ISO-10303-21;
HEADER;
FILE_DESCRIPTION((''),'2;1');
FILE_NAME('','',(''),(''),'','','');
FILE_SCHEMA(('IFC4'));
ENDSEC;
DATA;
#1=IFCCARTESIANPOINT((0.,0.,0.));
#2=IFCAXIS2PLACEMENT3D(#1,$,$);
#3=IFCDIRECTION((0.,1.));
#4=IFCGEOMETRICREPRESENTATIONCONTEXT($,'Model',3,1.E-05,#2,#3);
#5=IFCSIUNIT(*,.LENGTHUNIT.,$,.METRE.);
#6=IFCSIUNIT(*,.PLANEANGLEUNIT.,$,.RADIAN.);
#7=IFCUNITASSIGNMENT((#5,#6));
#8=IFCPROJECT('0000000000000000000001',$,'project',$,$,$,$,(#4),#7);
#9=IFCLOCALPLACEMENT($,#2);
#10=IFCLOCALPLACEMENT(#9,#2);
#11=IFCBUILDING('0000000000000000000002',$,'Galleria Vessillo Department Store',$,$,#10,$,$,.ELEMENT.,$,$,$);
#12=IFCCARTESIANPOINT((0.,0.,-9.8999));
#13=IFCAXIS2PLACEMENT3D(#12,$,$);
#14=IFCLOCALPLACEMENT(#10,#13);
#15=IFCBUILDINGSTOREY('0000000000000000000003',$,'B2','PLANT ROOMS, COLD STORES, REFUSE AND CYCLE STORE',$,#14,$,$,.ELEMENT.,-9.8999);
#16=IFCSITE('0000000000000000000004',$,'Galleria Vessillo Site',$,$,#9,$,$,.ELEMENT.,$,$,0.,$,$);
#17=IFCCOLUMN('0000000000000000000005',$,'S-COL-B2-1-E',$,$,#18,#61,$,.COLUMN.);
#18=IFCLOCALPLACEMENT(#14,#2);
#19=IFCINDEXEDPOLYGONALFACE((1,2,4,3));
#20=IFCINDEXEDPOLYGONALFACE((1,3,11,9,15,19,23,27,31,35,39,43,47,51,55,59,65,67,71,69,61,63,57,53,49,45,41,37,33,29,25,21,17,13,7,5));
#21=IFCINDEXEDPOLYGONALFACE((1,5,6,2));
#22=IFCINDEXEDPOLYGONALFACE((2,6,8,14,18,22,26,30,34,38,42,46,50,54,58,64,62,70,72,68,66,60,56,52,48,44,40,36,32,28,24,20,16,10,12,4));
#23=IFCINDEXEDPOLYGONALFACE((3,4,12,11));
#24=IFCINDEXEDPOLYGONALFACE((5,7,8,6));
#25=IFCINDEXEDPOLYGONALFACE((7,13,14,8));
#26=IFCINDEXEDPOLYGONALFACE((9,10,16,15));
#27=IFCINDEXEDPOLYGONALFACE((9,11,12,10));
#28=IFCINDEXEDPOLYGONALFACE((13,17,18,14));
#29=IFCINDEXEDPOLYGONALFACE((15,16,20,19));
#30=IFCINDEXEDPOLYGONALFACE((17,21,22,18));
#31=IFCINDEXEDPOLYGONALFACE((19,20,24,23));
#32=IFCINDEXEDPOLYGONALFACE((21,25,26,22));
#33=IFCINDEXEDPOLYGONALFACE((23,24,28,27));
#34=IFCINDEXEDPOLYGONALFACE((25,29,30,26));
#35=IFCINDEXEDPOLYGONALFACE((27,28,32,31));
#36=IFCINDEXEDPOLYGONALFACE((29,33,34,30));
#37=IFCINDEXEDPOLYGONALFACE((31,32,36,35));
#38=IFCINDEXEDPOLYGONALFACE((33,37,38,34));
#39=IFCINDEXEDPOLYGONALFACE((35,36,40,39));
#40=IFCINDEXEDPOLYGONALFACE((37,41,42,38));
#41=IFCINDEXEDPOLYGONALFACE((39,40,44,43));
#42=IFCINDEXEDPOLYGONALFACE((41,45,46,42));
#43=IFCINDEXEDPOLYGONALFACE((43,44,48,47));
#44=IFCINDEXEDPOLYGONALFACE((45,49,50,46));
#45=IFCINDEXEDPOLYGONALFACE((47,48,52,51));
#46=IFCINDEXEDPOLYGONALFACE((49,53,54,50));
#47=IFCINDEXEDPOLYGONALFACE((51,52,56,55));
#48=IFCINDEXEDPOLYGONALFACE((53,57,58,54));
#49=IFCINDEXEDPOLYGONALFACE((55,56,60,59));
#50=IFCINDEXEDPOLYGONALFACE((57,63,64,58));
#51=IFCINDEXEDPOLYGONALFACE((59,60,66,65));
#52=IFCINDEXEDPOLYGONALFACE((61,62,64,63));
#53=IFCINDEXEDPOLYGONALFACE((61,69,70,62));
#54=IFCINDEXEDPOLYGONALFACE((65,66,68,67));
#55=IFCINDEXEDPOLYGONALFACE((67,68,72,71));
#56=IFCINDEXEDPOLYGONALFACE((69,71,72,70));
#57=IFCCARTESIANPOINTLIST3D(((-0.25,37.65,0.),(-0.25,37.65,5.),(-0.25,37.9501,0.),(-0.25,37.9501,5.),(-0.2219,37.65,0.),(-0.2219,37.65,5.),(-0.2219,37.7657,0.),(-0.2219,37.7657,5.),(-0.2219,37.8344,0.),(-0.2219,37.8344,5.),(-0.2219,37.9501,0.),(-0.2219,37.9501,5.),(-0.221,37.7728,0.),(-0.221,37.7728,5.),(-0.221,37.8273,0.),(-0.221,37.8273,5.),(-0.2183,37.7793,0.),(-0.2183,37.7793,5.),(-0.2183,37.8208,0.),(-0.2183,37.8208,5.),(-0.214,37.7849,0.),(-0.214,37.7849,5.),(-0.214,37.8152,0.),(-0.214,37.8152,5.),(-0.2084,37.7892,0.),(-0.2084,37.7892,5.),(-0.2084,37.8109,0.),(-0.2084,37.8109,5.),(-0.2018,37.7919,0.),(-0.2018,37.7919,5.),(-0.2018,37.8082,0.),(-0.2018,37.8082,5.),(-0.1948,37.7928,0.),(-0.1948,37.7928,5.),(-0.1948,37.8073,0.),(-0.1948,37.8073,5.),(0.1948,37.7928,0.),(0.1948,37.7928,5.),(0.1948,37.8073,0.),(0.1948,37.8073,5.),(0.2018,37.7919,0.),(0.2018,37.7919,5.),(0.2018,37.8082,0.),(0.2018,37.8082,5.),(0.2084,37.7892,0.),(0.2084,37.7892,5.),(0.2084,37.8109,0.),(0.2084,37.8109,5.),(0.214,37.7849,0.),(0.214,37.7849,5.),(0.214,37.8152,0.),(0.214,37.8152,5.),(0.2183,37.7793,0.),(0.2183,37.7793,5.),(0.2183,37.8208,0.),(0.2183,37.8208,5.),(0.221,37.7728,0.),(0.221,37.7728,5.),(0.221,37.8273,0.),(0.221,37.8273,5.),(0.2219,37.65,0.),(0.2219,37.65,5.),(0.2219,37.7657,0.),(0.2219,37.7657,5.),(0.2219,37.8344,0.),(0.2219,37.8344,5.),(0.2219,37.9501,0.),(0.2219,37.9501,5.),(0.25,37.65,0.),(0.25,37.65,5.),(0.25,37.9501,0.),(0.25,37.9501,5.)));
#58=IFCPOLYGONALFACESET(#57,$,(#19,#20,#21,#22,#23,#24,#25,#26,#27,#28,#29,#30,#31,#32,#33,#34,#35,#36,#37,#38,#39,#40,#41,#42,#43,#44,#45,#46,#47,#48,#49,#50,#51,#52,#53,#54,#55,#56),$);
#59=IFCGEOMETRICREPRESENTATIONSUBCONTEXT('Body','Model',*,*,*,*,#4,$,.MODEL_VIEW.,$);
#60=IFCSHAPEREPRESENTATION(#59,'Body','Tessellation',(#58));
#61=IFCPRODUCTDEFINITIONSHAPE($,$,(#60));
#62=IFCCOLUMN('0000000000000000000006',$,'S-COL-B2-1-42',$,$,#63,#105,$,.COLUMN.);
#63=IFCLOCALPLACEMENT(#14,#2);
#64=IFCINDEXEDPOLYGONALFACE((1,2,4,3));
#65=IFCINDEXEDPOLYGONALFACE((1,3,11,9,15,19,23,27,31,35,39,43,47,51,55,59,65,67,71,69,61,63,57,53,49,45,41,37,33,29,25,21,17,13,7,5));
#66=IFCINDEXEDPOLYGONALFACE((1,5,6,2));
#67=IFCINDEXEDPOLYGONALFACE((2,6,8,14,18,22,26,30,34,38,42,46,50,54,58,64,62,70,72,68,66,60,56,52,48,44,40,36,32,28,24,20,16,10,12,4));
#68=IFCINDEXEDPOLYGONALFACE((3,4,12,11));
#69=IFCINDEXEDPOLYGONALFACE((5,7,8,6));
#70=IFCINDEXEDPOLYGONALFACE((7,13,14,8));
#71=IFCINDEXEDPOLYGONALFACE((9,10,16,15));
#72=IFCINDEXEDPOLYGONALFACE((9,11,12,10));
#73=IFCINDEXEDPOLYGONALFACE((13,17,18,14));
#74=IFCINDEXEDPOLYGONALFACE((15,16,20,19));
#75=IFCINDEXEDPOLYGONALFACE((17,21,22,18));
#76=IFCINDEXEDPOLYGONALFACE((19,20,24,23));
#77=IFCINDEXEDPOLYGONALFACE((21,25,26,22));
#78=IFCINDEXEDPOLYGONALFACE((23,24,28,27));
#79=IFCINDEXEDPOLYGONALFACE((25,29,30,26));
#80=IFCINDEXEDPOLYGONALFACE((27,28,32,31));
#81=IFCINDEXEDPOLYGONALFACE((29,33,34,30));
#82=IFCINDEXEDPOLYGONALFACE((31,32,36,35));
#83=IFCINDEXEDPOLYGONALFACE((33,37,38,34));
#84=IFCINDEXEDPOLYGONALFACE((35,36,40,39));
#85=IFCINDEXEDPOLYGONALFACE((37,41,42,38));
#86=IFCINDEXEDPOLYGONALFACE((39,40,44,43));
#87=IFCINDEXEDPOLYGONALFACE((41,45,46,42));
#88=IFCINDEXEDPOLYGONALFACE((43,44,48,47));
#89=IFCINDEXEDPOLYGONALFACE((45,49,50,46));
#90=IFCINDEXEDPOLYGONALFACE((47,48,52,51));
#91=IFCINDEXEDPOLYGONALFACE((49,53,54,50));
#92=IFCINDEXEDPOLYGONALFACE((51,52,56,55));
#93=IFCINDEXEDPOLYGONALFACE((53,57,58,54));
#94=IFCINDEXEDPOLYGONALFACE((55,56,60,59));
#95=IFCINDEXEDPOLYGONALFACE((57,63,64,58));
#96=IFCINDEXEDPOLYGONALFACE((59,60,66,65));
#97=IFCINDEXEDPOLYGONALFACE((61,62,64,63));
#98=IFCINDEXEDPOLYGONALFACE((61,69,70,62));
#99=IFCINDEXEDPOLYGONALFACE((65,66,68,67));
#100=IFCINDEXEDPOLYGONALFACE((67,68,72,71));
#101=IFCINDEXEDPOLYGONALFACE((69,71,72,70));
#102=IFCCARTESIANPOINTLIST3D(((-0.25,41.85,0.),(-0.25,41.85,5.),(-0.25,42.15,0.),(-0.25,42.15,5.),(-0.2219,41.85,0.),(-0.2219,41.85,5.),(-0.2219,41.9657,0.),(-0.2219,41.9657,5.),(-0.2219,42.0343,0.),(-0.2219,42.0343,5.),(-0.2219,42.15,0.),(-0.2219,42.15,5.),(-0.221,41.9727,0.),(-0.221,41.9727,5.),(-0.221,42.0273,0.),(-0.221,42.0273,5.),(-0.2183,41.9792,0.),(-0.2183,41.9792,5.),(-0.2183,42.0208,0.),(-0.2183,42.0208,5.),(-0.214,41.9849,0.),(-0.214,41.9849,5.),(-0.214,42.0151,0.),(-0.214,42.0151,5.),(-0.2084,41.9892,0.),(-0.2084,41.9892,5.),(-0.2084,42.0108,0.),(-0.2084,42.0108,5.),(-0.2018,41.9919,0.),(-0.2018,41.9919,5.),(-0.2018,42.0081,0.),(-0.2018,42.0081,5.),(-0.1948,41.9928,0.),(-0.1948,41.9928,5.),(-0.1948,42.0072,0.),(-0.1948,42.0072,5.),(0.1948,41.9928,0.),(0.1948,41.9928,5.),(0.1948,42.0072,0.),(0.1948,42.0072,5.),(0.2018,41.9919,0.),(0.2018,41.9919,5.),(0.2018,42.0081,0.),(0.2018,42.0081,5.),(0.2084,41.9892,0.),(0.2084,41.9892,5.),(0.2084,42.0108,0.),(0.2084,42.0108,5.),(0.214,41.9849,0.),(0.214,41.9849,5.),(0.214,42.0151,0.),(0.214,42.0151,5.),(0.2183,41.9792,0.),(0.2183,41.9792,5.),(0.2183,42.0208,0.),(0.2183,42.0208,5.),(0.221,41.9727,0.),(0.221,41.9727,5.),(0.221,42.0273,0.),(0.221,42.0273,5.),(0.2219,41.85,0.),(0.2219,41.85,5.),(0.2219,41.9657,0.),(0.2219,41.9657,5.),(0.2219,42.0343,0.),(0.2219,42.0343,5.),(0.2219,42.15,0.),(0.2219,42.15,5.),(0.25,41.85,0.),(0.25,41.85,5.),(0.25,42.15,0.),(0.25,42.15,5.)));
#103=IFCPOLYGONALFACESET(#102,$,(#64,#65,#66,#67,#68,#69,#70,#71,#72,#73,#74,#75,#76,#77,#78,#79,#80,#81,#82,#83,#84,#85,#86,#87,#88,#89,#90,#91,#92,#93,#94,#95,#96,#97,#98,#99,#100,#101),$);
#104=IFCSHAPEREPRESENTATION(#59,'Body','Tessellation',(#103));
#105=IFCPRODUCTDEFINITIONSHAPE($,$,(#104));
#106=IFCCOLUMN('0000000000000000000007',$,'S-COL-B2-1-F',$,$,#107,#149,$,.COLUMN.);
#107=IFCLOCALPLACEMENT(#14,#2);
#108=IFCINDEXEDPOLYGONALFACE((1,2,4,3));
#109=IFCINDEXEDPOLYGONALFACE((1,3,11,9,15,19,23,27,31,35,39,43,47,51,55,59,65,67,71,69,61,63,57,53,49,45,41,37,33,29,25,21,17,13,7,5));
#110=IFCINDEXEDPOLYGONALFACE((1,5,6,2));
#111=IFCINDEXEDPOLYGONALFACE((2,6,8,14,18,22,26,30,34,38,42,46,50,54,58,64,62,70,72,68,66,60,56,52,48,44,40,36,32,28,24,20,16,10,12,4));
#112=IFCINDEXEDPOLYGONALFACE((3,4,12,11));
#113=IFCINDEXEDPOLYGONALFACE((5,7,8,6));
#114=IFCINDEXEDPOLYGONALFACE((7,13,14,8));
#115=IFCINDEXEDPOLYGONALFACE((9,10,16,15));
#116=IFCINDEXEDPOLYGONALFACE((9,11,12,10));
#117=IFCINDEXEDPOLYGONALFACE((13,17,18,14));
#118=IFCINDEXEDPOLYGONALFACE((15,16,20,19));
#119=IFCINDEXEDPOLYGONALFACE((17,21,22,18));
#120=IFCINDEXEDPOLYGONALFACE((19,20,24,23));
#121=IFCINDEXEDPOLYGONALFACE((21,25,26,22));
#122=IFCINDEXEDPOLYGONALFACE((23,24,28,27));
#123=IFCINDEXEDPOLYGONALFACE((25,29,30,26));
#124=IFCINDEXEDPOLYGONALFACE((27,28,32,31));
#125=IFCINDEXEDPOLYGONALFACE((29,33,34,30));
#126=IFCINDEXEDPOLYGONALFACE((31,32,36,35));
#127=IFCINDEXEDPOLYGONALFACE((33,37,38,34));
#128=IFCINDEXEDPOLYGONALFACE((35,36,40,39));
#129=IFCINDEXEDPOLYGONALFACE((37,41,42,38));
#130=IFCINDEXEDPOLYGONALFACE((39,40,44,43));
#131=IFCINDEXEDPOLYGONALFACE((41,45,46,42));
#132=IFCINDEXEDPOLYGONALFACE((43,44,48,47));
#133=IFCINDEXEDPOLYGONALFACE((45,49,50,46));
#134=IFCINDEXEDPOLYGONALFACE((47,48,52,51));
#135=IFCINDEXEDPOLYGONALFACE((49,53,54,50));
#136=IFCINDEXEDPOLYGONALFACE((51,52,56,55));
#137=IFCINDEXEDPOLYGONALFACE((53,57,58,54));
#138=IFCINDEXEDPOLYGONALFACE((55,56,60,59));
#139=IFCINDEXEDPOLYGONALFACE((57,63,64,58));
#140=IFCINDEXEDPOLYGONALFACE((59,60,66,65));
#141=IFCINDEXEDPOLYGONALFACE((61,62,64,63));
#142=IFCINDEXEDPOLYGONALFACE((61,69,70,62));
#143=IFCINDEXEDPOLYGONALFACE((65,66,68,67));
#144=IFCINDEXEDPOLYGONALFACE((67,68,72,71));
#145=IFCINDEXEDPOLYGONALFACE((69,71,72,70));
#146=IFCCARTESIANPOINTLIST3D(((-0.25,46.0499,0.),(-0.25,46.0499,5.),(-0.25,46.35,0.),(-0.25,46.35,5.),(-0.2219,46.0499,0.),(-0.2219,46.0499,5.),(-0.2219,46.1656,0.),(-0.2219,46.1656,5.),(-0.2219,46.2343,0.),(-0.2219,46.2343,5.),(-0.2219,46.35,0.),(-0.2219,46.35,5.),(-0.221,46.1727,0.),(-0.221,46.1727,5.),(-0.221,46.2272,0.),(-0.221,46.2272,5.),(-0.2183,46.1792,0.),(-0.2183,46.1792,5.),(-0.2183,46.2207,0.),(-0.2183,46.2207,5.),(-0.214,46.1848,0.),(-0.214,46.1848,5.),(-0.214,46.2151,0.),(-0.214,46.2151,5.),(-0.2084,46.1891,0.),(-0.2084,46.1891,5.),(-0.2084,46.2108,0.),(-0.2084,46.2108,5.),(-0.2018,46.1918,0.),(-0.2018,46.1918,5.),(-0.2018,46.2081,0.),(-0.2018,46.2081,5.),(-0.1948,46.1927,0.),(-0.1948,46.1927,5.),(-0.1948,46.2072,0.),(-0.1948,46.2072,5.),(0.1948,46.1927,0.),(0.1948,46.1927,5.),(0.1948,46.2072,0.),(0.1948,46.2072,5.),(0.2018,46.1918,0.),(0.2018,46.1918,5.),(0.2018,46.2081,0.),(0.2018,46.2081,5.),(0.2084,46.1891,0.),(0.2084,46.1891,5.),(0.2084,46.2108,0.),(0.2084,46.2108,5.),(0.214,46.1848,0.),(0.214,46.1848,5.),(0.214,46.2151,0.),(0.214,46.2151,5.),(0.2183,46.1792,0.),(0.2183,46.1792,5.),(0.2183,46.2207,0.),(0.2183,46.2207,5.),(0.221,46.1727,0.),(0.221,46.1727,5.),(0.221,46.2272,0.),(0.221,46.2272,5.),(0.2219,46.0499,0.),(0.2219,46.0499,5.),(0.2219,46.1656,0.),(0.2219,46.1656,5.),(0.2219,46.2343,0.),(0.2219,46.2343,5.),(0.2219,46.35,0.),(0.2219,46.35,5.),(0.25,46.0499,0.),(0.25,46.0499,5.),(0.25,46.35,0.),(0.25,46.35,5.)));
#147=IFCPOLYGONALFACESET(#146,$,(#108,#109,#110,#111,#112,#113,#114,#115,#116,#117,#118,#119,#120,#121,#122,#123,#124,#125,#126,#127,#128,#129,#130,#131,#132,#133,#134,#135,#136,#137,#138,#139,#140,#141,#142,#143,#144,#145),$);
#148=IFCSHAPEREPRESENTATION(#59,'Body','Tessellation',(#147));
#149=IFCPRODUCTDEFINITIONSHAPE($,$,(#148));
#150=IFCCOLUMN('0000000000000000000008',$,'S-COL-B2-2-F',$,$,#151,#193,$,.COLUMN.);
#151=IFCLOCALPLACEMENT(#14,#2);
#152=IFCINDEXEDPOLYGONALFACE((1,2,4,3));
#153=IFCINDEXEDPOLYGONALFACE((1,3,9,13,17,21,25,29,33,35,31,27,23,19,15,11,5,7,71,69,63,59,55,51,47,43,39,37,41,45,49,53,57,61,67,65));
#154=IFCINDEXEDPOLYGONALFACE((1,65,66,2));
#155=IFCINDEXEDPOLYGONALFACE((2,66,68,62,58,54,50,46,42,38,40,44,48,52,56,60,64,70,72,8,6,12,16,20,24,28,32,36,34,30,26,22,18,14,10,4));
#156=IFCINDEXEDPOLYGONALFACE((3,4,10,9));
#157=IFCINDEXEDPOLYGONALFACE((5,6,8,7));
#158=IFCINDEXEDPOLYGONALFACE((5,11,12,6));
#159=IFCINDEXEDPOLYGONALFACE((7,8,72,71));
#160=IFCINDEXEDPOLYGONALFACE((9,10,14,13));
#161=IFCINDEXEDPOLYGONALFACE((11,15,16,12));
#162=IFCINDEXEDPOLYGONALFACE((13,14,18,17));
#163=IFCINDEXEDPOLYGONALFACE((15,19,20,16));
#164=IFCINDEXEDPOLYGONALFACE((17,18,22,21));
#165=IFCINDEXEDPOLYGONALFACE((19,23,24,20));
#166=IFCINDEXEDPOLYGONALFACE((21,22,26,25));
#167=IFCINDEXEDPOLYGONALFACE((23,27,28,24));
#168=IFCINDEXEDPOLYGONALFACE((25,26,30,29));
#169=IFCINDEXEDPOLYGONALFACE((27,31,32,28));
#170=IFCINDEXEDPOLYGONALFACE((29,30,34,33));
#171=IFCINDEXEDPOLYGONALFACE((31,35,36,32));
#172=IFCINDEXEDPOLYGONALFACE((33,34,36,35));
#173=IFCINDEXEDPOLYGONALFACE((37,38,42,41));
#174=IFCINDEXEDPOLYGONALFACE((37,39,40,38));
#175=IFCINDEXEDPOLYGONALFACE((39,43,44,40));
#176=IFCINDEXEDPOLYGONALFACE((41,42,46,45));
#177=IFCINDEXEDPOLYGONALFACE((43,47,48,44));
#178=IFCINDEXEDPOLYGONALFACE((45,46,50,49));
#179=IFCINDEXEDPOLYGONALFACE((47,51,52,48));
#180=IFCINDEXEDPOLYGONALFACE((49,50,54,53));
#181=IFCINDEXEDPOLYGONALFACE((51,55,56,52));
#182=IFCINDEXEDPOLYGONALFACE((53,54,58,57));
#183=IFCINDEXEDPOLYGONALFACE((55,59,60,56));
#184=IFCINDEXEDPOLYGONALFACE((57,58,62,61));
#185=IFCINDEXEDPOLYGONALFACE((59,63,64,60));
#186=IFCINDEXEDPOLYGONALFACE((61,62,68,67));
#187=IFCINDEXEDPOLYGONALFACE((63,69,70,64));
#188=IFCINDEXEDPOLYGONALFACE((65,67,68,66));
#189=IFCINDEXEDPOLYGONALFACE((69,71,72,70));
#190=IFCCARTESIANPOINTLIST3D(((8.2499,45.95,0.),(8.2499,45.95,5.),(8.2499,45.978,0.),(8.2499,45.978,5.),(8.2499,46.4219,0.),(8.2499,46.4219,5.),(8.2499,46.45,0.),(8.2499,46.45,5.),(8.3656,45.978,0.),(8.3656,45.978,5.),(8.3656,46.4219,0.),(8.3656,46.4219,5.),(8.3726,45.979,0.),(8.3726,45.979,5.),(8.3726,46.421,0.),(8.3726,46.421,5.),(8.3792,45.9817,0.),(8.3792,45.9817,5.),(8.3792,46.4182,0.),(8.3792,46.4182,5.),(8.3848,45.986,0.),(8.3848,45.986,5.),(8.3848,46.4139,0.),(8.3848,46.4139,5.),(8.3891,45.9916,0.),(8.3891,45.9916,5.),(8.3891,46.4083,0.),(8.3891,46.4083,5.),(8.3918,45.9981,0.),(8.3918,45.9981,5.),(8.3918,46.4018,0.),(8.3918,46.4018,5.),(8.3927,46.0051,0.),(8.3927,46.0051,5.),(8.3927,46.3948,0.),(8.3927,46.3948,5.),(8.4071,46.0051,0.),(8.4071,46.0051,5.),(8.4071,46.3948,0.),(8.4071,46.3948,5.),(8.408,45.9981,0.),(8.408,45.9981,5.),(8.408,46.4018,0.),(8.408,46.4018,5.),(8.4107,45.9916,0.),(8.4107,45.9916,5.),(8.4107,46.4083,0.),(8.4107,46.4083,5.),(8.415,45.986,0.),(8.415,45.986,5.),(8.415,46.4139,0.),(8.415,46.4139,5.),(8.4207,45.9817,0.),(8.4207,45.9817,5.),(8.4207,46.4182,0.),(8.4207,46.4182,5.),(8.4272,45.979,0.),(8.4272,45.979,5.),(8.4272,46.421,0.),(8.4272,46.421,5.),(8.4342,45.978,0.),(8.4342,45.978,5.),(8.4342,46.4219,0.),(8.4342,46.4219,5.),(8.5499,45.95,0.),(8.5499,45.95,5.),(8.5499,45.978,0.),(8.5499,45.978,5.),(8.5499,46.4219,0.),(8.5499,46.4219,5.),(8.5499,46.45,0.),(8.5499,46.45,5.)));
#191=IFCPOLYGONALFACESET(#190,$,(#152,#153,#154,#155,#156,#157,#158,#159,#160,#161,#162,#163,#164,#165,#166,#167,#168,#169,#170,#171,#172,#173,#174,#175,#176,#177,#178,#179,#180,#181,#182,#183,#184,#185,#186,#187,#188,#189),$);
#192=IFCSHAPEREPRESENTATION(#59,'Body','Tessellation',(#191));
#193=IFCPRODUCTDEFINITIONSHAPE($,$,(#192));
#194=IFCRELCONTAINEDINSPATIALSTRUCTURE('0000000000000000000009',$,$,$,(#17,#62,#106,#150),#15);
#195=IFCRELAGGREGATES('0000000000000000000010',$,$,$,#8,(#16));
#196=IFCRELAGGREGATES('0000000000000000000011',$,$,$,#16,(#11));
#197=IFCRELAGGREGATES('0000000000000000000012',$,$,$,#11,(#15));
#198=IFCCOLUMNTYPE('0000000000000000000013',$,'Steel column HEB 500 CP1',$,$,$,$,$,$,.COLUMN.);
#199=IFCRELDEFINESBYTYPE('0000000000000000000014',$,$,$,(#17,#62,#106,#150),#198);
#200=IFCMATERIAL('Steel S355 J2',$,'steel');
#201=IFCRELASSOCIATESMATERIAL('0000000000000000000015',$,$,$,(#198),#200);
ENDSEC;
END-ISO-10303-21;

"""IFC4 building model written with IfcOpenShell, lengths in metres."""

from ifc_helpers import new_model, si_unit, direction, frame, origin, origin_2d, place, context, subcontext, project, spatial, i_section, extrude, material, material_profile, profile_set, type_object, element, save


model = new_model("IFC4")

# Units and contexts
model_context = context("Model", 3, precision=1e-05, world=origin(), true_north=direction((0.0, 1.0)))
body_context = subcontext(model_context, "Body", "Model", "MODEL_VIEW")
ifc_project = project(units=[si_unit("LENGTHUNIT", "METRE"), si_unit("PLANEANGLEUNIT", "RADIAN")], contexts=[model_context])

# Site, building, storey
site_placement = place(None, origin())
site = spatial("IfcSite", under=ifc_project, at=site_placement, Name="Galleria Vessillo Site", CompositionType="ELEMENT", RefElevation=0.0)
building_placement = place(site_placement, origin())
building = spatial("IfcBuilding", under=site, at=building_placement, Name="Galleria Vessillo Department Store", CompositionType="ELEMENT")
storey_placement = place(building_placement, frame((0.0, 0.0, -9.8999)))
storey = spatial("IfcBuildingStorey", under=building, at=storey_placement, Name="B2", Description="PLANT ROOMS, COLD STORES, REFUSE AND CYCLE STORE", CompositionType="ELEMENT", Elevation=-9.8999)

# Columns
ifc_material_1 = material(Name="Steel S355 J2", Category="steel")
ifc_material_profile_1 = material_profile(ifc_material_1, i_section(OverallWidth=0.3, OverallDepth=0.5, WebThickness=0.0144, FlangeThickness=0.0281, FilletRadius=0.0271, at=origin_2d()), Name="HEB 500")
ifc_profile_set_1 = profile_set([ifc_material_profile_1], Name="Steel S355 J2")
column_type_1 = type_object("IfcColumnType", Name="Steel column HEB 500 CP1", PredefinedType="COLUMN", material=ifc_profile_set_1)
for number, where, z_axis, x_axis, name in (
    (1, (0.0, 37.8, 0.0), (0.0, 0.0, 1.0), (0.0, 1.0, 0.0), "S-COL-B2-1-E"),
    (2, (0.0, 42.0, 0.0), (0.0, 0.0, 1.0), (0.0, 1.0, 0.0), "S-COL-B2-1-42"),
    (3, (0.0, 46.2, 0.0), (0.0, 0.0, 1.0), (0.0, 1.0, 0.0), "S-COL-B2-1-F"),
    (4, (8.3999, 46.2, 0.0), (0.0, 0.0, 1.0), (1.0, 0.0, 0.0), "S-COL-B2-2-F"),
):
    element("IfcColumn", number, at=place(storey_placement, frame(where, z_axis=z_axis, x_axis=x_axis)), inside=storey, type_object=column_type_1, Name=name, PredefinedType="COLUMN", context=body_context, shape_type="SweptSolid", body=[
        extrude(i_section(OverallWidth=0.3, OverallDepth=0.5, WebThickness=0.0144, FlangeThickness=0.0281, FilletRadius=0.0271, at=origin_2d()), origin(), (0.0, 0.0, 1.0), 5.0),
    ])

save(model, "model.ifc")
